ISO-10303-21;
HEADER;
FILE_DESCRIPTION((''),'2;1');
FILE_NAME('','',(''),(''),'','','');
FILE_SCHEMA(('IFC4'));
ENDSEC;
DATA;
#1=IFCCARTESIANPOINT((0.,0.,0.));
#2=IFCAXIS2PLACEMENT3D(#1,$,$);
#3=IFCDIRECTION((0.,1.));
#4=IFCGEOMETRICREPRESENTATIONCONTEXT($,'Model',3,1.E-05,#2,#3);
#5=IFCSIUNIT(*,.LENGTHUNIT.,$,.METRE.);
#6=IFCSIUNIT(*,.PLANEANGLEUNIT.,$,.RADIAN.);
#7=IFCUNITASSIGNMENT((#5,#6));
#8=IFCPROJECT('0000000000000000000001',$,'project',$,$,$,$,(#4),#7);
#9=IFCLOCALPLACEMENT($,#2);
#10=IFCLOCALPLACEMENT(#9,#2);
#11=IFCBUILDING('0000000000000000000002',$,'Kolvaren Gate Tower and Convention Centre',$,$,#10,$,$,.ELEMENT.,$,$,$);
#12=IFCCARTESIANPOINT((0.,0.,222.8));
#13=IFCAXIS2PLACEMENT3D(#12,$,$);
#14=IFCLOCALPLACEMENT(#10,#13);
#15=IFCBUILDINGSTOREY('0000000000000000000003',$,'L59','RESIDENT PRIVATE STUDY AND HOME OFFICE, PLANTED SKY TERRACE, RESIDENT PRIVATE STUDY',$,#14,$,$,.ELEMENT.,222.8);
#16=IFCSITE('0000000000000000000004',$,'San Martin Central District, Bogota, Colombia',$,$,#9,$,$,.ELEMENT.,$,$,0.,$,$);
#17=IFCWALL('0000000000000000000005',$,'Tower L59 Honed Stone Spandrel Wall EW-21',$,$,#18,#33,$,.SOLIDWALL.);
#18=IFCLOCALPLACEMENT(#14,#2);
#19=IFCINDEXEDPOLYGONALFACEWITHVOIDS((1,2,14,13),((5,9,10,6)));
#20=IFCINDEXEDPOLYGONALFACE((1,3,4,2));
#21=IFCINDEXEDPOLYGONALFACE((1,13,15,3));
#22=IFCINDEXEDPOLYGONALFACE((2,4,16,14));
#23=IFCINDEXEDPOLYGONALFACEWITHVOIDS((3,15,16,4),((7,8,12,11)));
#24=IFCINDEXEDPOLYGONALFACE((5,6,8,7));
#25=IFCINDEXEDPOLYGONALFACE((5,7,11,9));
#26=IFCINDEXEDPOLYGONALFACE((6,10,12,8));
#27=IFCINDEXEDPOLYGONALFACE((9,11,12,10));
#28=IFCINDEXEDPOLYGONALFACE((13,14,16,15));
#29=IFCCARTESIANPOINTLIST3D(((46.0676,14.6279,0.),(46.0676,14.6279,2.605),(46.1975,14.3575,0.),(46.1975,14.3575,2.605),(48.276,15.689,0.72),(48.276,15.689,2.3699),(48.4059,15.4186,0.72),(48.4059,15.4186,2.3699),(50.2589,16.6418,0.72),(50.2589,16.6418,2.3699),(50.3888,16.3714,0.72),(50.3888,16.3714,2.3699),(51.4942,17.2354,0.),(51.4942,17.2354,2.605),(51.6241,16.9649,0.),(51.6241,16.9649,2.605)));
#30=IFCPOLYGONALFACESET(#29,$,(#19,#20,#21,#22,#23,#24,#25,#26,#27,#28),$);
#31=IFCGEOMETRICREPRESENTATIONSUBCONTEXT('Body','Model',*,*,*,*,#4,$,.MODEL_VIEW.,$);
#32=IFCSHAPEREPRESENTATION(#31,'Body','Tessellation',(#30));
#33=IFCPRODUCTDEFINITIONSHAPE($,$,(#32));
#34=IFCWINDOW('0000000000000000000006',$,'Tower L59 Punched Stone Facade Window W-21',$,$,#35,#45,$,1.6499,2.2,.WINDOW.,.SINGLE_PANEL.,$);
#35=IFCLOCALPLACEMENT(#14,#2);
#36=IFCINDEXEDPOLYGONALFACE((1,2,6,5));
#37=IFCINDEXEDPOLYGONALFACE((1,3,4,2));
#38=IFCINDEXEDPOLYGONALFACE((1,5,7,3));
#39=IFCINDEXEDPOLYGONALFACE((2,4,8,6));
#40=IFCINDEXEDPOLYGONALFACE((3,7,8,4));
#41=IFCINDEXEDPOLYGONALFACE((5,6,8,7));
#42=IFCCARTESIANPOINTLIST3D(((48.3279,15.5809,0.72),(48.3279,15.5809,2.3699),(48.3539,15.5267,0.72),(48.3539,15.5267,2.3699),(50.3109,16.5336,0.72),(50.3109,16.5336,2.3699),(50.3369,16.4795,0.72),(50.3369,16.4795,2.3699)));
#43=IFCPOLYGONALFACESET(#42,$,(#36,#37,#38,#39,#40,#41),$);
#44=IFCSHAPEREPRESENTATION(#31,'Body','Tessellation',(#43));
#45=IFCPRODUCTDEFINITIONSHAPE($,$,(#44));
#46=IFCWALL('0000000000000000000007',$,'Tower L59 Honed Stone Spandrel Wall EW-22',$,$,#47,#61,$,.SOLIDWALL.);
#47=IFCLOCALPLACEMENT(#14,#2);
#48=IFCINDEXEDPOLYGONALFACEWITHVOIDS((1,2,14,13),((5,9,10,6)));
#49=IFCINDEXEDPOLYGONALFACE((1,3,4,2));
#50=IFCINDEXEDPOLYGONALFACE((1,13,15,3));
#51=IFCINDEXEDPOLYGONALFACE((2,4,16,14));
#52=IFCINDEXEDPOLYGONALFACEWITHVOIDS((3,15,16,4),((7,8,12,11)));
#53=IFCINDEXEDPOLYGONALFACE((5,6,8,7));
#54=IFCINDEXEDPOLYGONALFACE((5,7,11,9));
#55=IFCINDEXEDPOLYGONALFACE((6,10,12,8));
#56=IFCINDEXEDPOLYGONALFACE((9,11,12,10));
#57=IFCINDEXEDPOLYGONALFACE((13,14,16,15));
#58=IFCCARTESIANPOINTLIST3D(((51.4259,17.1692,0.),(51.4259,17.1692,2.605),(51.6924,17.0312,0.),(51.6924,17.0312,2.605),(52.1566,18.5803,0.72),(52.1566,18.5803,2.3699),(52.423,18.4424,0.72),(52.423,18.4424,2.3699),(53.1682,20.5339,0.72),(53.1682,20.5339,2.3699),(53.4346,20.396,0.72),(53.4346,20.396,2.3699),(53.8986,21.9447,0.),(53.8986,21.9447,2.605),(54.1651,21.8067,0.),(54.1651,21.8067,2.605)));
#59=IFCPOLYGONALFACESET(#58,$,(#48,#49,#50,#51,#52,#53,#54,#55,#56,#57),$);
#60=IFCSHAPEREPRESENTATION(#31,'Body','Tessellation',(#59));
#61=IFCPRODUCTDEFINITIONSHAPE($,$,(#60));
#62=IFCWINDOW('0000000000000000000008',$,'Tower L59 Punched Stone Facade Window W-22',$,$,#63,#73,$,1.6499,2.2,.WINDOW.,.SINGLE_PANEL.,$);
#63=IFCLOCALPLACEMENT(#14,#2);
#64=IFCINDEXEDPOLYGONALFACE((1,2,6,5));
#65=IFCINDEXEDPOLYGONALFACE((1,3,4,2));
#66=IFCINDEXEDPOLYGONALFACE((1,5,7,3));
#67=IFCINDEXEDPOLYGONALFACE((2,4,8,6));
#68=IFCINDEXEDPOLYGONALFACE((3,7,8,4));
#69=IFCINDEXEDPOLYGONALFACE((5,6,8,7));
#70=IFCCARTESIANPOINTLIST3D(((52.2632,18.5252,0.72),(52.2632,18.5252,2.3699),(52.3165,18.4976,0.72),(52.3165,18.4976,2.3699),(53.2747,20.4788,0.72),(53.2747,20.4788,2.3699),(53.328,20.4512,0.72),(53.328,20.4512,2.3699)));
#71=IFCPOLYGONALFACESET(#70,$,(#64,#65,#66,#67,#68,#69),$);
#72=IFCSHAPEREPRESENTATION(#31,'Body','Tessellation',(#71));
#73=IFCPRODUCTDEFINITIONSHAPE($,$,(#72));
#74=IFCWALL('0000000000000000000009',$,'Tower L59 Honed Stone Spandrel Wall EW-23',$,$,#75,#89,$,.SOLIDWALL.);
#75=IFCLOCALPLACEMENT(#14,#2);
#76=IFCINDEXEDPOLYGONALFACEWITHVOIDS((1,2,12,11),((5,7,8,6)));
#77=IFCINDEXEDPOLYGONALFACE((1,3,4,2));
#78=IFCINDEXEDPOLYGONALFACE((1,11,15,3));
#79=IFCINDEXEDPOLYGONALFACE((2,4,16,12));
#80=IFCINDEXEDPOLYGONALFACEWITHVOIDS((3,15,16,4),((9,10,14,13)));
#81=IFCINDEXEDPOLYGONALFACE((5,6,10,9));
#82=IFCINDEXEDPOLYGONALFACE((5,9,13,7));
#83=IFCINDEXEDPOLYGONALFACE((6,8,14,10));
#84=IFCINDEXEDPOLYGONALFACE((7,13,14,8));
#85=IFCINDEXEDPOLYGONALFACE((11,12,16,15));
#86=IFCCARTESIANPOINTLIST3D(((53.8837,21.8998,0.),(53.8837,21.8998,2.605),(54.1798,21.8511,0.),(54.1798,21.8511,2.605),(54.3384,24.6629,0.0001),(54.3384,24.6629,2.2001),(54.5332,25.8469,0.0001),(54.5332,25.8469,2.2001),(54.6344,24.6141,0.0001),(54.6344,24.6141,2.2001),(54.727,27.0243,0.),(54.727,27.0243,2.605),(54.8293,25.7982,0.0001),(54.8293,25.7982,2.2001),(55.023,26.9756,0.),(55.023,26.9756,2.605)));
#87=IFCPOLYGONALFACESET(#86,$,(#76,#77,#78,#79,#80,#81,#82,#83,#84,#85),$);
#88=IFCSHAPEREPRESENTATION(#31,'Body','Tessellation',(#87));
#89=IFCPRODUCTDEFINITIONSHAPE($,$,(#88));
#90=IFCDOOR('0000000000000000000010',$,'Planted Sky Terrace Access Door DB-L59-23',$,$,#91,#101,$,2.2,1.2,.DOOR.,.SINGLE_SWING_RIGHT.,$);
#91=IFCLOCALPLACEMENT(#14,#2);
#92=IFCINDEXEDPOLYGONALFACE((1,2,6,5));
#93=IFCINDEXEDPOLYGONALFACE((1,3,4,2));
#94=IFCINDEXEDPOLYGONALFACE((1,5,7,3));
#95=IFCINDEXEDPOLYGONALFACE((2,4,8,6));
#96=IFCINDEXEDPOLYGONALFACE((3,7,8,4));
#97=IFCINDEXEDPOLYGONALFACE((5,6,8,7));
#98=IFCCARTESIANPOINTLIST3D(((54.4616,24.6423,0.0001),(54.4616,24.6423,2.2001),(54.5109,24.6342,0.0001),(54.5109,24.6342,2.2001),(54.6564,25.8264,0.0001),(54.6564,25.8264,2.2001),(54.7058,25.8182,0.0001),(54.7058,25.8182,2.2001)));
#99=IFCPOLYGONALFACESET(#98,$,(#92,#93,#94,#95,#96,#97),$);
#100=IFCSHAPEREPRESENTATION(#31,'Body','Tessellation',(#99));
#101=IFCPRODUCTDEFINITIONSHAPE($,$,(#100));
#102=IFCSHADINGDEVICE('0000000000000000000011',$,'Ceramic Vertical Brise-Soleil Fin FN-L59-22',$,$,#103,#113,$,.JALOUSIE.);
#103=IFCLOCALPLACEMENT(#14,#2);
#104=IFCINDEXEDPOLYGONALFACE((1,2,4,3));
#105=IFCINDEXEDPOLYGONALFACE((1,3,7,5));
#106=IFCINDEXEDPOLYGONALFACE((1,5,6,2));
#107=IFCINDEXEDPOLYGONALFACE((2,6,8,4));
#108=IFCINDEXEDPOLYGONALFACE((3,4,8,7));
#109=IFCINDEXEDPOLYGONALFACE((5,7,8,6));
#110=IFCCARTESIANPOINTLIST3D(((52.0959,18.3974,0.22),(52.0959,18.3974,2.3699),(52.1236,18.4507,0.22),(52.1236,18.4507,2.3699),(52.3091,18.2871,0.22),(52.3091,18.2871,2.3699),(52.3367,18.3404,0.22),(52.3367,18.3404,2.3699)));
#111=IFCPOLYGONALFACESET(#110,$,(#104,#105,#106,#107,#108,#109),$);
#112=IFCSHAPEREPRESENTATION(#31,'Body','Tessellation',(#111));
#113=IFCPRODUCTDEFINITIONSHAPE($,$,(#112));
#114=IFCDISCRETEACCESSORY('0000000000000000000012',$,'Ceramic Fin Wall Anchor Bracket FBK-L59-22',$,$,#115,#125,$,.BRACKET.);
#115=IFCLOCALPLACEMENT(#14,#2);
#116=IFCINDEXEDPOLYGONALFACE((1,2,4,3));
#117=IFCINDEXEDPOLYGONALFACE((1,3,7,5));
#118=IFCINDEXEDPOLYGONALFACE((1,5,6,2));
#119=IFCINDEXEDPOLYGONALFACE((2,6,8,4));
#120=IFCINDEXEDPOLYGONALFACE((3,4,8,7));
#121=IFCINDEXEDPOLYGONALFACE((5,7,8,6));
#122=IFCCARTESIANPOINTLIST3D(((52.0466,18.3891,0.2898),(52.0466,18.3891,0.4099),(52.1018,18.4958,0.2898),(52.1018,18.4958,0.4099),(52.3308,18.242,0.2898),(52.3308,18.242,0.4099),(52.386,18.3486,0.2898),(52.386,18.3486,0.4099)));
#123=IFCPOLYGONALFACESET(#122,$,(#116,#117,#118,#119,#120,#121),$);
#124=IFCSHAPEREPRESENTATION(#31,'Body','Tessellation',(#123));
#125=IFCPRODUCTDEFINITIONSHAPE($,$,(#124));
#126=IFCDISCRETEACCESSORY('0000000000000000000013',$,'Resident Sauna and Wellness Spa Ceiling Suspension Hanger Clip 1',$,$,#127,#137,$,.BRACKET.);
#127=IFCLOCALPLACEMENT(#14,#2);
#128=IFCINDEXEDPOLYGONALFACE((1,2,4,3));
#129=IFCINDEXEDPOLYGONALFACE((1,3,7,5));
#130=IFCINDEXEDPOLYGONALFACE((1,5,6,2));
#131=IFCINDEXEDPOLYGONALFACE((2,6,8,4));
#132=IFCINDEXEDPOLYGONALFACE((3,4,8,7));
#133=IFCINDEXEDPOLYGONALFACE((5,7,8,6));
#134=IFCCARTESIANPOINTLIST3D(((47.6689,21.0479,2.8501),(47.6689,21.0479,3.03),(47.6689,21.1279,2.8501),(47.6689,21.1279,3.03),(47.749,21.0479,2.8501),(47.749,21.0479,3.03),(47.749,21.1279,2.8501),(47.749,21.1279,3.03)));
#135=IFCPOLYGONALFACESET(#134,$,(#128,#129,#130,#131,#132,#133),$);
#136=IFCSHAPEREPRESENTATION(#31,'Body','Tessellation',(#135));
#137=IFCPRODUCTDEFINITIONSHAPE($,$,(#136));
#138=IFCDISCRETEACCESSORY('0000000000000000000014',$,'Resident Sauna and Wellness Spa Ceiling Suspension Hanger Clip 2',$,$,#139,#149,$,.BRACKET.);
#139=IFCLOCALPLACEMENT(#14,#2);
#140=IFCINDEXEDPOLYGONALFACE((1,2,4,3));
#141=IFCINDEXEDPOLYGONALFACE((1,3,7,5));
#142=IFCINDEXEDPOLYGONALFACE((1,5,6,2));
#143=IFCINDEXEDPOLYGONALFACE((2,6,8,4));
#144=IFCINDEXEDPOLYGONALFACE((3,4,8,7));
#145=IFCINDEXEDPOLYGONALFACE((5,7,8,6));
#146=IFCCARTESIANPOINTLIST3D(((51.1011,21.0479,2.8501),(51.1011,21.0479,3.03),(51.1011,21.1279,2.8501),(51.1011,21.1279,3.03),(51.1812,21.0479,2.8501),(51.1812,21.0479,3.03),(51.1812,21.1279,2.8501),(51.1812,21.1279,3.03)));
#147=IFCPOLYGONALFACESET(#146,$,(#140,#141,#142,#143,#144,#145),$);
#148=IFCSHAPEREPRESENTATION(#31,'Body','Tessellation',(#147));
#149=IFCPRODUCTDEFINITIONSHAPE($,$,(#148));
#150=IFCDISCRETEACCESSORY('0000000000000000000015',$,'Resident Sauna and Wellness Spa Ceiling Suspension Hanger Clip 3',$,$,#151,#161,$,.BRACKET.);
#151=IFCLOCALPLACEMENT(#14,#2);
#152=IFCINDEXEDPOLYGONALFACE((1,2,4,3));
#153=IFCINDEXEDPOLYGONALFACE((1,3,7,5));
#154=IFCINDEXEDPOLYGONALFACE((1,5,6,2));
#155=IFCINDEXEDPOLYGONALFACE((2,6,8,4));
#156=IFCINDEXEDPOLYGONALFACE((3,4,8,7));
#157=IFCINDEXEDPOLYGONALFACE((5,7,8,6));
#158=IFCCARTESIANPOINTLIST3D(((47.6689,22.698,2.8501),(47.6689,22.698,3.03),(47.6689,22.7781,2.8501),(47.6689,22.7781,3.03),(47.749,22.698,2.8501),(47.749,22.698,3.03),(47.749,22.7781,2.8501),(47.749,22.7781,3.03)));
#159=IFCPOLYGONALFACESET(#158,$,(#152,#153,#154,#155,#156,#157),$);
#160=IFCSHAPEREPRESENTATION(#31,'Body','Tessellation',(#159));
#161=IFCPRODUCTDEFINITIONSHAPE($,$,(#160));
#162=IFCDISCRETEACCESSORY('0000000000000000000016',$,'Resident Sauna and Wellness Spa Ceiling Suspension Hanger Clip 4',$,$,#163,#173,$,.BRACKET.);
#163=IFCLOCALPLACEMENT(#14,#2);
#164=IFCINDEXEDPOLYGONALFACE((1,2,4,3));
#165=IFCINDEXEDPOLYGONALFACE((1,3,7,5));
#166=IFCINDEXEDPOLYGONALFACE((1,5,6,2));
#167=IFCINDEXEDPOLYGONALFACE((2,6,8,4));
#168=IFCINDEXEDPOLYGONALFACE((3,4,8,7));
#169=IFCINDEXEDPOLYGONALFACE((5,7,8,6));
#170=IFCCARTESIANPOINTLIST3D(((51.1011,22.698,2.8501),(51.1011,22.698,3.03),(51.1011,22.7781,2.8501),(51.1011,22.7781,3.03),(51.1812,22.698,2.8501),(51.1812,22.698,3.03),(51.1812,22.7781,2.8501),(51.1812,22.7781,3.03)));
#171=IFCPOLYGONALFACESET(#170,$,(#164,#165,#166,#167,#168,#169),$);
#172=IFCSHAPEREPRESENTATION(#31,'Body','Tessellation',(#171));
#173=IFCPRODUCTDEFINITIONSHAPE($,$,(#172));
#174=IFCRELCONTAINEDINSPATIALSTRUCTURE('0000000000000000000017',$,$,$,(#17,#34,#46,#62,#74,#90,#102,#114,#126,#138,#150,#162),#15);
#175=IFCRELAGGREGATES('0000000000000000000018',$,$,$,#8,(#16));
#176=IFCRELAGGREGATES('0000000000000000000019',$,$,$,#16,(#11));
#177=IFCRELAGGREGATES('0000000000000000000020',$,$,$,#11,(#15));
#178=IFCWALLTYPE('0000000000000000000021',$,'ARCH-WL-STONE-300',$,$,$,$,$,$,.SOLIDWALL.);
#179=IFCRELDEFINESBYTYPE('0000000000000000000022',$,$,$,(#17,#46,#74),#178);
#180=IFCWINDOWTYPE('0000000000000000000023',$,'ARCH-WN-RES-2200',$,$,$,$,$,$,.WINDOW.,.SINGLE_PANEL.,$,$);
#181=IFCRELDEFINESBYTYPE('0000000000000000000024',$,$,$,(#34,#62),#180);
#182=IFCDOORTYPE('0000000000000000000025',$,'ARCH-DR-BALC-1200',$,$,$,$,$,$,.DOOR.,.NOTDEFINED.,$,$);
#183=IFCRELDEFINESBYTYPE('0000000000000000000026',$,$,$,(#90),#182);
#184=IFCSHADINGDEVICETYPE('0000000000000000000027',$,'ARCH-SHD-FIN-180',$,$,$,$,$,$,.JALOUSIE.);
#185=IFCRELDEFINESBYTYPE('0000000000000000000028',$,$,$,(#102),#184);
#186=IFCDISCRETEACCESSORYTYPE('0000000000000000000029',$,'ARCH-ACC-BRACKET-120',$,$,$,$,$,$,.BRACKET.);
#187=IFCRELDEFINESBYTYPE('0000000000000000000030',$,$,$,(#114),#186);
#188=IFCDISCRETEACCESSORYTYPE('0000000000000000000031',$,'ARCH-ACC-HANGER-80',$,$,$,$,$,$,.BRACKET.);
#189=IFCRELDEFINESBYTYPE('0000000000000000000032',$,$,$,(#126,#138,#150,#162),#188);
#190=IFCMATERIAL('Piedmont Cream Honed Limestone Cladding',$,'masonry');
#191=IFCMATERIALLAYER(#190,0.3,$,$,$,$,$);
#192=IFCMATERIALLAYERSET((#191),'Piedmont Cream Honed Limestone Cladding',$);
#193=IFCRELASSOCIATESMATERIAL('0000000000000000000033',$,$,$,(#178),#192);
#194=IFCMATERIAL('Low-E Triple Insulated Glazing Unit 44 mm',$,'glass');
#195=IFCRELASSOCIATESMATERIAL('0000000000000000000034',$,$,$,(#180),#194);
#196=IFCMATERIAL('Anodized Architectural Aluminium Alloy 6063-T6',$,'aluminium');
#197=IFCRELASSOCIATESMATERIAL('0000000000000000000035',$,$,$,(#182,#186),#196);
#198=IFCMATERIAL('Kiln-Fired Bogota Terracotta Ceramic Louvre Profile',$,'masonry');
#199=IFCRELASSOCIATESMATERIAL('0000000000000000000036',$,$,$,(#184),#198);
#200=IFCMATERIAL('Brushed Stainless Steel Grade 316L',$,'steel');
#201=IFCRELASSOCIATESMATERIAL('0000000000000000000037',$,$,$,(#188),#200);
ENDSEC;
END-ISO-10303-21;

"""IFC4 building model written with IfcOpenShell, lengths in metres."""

from ifc_helpers import new_model, si_unit, direction, frame, frame_2d, origin, origin_2d, place, context, subcontext, project, spatial, rectangle, extrude, material, layer, layer_set, type_object, element, fill, save


model = new_model("IFC4")

# Units and contexts
model_context = context("Model", 3, precision=1e-05, world=origin(), true_north=direction((0.0, 1.0)))
body_context = subcontext(model_context, "Body", "Model", "MODEL_VIEW")
ifc_project = project(units=[si_unit("LENGTHUNIT", "METRE"), si_unit("PLANEANGLEUNIT", "RADIAN")], contexts=[model_context])

# Site, building, storey
site_placement = place(None, origin())
site = spatial("IfcSite", under=ifc_project, at=site_placement, Name="San Martin Central District, Bogota, Colombia", CompositionType="ELEMENT", RefElevation=0.0)
building_placement = place(site_placement, origin())
building = spatial("IfcBuilding", under=site, at=building_placement, Name="Kolvaren Gate Tower and Convention Centre", CompositionType="ELEMENT")
storey_placement = place(building_placement, frame((0.0, 0.0, 222.8)))
storey = spatial("IfcBuildingStorey", under=building, at=storey_placement, Name="L59", Description="RESIDENT PRIVATE STUDY AND HOME OFFICE, PLANTED SKY TERRACE, RESIDENT PRIVATE STUDY", CompositionType="ELEMENT", Elevation=222.8)

# Shared definitions
ifc_material_1 = material(Name="Piedmont Cream Honed Limestone Cladding", Category="masonry")

# Walls, openings, windows
ifc_layer_1 = layer(ifc_material_1, 0.3)
ifc_layer_set_1 = layer_set([ifc_layer_1], Name="Piedmont Cream Honed Limestone Cladding")
wall_type_1 = type_object("IfcWallType", Name="ARCH-WL-STONE-300", PredefinedType="SOLIDWALL", material=ifc_layer_set_1)
wall_1_placement = place(storey_placement, frame((46.1326, 14.4927, 0.0), z_axis=(0.0, 0.0, 1.0), x_axis=(0.901348, 0.433095, 0.0)))
wall_1 = element("IfcWall", 1, at=wall_1_placement, inside=storey, type_object=wall_type_1, Name="Tower L59 Honed Stone Spandrel Wall EW-21", PredefinedType="SOLIDWALL", context=body_context, shape_type="SweptSolid", body=[
    extrude(rectangle(XDim=6.0205, YDim=0.3, at=frame_2d((3.0103, 0.0))), origin(), (0.0, 0.0, 1.0), 2.605),
])
opening_1_placement = place(wall_1_placement, frame((2.45, 0.0, 0.72)))
opening_1 = element("IfcOpeningElement", 2, at=opening_1_placement, cuts=wall_1, PredefinedType="OPENING", context=body_context, shape_type="SweptSolid", body=[
    extrude(rectangle(XDim=2.2, YDim=1.6499, at=frame_2d((1.1001, 0.825))), frame((0.0, 0.1599, 0.0), z_axis=(0.0, -1.0, 0.0), x_axis=(1.0, 0.0, 0.0)), (0.0, 0.0, 1.0), 0.3201),
])
ifc_material_2 = material(Name="Low-E Triple Insulated Glazing Unit 44 mm", Category="glass")
window_type = type_object("IfcWindowType", Name="ARCH-WN-RES-2200", PartitioningType="SINGLE_PANEL", PredefinedType="WINDOW", material=ifc_material_2)
window_1_placement = place(opening_1_placement, origin())
window_1 = element("IfcWindow", 3, at=window_1_placement, inside=storey, type_object=window_type, Name="Tower L59 Punched Stone Facade Window W-21", OverallHeight=1.6499, OverallWidth=2.2, PartitioningType="SINGLE_PANEL", PredefinedType="WINDOW", context=body_context, shape_type="SweptSolid", body=[
    extrude(rectangle(XDim=2.2, YDim=1.6499, at=frame_2d((1.1001, 0.825))), frame((0.0, 0.03, 0.0), z_axis=(0.0, -1.0, 0.0), x_axis=(1.0, 0.0, 0.0)), (0.0, 0.0, 1.0), 0.0601),
])
fill(opening_1, window_1)
wall_2_placement = place(storey_placement, frame((51.5591, 17.1001, 0.0), z_axis=(0.0, 0.0, 1.0), x_axis=(0.459808, 0.888018, 0.0)))
wall_2 = element("IfcWall", 4, at=wall_2_placement, inside=storey, type_object=wall_type_1, Name="Tower L59 Honed Stone Spandrel Wall EW-22", PredefinedType="SOLIDWALL", context=body_context, shape_type="SweptSolid", body=[
    extrude(rectangle(XDim=5.3777, YDim=0.3, at=frame_2d((2.689, 0.0))), origin(), (0.0, 0.0, 1.0), 2.605),
])
opening_2_placement = place(wall_2_placement, frame((1.5891, 0.0, 0.72)))
opening_2 = element("IfcOpeningElement", 5, at=opening_2_placement, cuts=wall_2, PredefinedType="OPENING", context=body_context, shape_type="SweptSolid", body=[
    extrude(rectangle(XDim=2.2, YDim=1.6499, at=frame_2d((1.1001, 0.825))), frame((0.0, 0.1599, 0.0), z_axis=(0.0, -1.0, 0.0), x_axis=(1.0, 0.0, 0.0)), (0.0, 0.0, 1.0), 0.3201),
])
window_2_placement = place(opening_2_placement, origin())
window_2 = element("IfcWindow", 6, at=window_2_placement, inside=storey, type_object=window_type, Name="Tower L59 Punched Stone Facade Window W-22", OverallHeight=1.6499, OverallWidth=2.2, PartitioningType="SINGLE_PANEL", PredefinedType="WINDOW", context=body_context, shape_type="SweptSolid", body=[
    extrude(rectangle(XDim=2.2, YDim=1.6499, at=frame_2d((1.1001, 0.825))), frame((0.0, 0.03, 0.0), z_axis=(0.0, -1.0, 0.0), x_axis=(1.0, 0.0, 0.0)), (0.0, 0.0, 1.0), 0.0601),
])
fill(opening_2, window_2)

# Wall, opening, door
wall_3_placement = place(storey_placement, frame((54.0317, 21.8755, 0.0), z_axis=(0.0, 0.0, 1.0), x_axis=(0.162371, 0.98673, 0.0)))
wall_3 = element("IfcWall", 7, at=wall_3_placement, inside=storey, type_object=wall_type_1, Name="Tower L59 Honed Stone Spandrel Wall EW-23", PredefinedType="SOLIDWALL", context=body_context, shape_type="SweptSolid", body=[
    extrude(rectangle(XDim=5.1934, YDim=0.3, at=frame_2d((2.5967, 0.0))), origin(), (0.0, 0.0, 1.0), 2.605),
])
opening_3_placement = place(wall_3_placement, frame((2.8, 0.0, 0.0)))
opening_3 = element("IfcOpeningElement", 8, at=opening_3_placement, cuts=wall_3, PredefinedType="OPENING", context=body_context, shape_type="SweptSolid", body=[
    extrude(rectangle(XDim=1.2, YDim=2.2, at=frame_2d((0.6001, 1.1001))), frame((0.0, 0.1599, 0.0), z_axis=(0.0, -1.0, 0.0), x_axis=(1.0, 0.0, 0.0)), (0.0, 0.0, 1.0), 0.3201),
])
ifc_material_3 = material(Name="Anodized Architectural Aluminium Alloy 6063-T6", Category="aluminium")
door_type_1 = type_object("IfcDoorType", Name="ARCH-DR-BALC-1200", OperationType="NOTDEFINED", PredefinedType="DOOR", material=ifc_material_3)
door_1_placement = place(opening_3_placement, frame((1.2, 0.0, 0.0), z_axis=(0.0, 0.0, 1.0), x_axis=(-1.0, 0.0, 0.0)))
door_1 = element("IfcDoor", 9, at=door_1_placement, inside=storey, type_object=door_type_1, Name="Planted Sky Terrace Access Door DB-L59-23", OperationType="SINGLE_SWING_RIGHT", OverallHeight=2.2, OverallWidth=1.2, PredefinedType="DOOR", context=body_context, shape_type="SweptSolid", body=[
    extrude(rectangle(XDim=1.2, YDim=2.2, at=frame_2d((0.6001, 1.1001))), frame((0.0, 0.0249, 0.0), z_axis=(0.0, -1.0, 0.0), x_axis=(1.0, 0.0, 0.0)), (0.0, 0.0, 1.0), 0.05),
])
fill(opening_3, door_1)

# Shared definitions
ifc_material_4 = material(Name="Brushed Stainless Steel Grade 316L", Category="steel")

# Shading device
ifc_material_5 = material(Name="Kiln-Fired Bogota Terracotta Ceramic Louvre Profile", Category="masonry")
shading_device_type = type_object("IfcShadingDeviceType", Name="ARCH-SHD-FIN-180", PredefinedType="JALOUSIE", material=ifc_material_5)
shading_device_placement = place(storey_placement, frame((52.2163, 18.3689, 0.22), z_axis=(0.0, 0.0, 1.0), x_axis=(0.4598, 0.888023, 0.0)))
element("IfcShadingDevice", 10, at=shading_device_placement, inside=storey, type_object=shading_device_type, Name="Ceramic Vertical Brise-Soleil Fin FN-L59-22", PredefinedType="JALOUSIE", context=body_context, shape_type="SweptSolid", body=[
    extrude(rectangle(XDim=0.0601, YDim=0.24, at=origin_2d()), origin(), (0.0, 0.0, 1.0), 2.1499),
])

# Discrete accessories
discrete_accessory_type_1 = type_object("IfcDiscreteAccessoryType", Name="ARCH-ACC-BRACKET-120", PredefinedType="BRACKET", material=ifc_material_3)
discrete_accessory_placement = place(storey_placement, frame((52.2163, 18.3689, 0.2898), z_axis=(0.0, 0.0, 1.0), x_axis=(0.4598, 0.888023, 0.0)))
element("IfcDiscreteAccessory", 11, at=discrete_accessory_placement, inside=storey, type_object=discrete_accessory_type_1, Name="Ceramic Fin Wall Anchor Bracket FBK-L59-22", PredefinedType="BRACKET", context=body_context, shape_type="SweptSolid", body=[
    extrude(rectangle(XDim=0.1201, YDim=0.3201, at=origin_2d()), origin(), (0.0, 0.0, 1.0), 0.1201),
])
discrete_accessory_type_2 = type_object("IfcDiscreteAccessoryType", Name="ARCH-ACC-HANGER-80", PredefinedType="BRACKET", material=ifc_material_4)
for number, where, z_axis, x_axis, name in (
    (12, (47.709, 21.0879, 2.8501), (0.0, 0.0, 1.0), (1.0, 0.0, 0.0), "Resident Sauna and Wellness Spa Ceiling Suspension Hanger Clip 1"),
    (13, (51.1411, 21.0879, 2.8501), (0.0, 0.0, 1.0), (1.0, 0.0, 0.0), "Resident Sauna and Wellness Spa Ceiling Suspension Hanger Clip 2"),
    (14, (47.709, 22.738, 2.8501), (0.0, 0.0, 1.0), (1.0, 0.0, 0.0), "Resident Sauna and Wellness Spa Ceiling Suspension Hanger Clip 3"),
    (15, (51.1411, 22.738, 2.8501), (0.0, 0.0, 1.0), (1.0, 0.0, 0.0), "Resident Sauna and Wellness Spa Ceiling Suspension Hanger Clip 4"),
):
    element("IfcDiscreteAccessory", number, at=place(storey_placement, frame(where, z_axis=z_axis, x_axis=x_axis)), inside=storey, type_object=discrete_accessory_type_2, Name=name, PredefinedType="BRACKET", context=body_context, shape_type="SweptSolid", body=[
        extrude(rectangle(XDim=0.0801, YDim=0.0801, at=origin_2d()), origin(), (0.0, 0.0, 1.0), 0.1799),
    ])

save(model, "model.ifc")
